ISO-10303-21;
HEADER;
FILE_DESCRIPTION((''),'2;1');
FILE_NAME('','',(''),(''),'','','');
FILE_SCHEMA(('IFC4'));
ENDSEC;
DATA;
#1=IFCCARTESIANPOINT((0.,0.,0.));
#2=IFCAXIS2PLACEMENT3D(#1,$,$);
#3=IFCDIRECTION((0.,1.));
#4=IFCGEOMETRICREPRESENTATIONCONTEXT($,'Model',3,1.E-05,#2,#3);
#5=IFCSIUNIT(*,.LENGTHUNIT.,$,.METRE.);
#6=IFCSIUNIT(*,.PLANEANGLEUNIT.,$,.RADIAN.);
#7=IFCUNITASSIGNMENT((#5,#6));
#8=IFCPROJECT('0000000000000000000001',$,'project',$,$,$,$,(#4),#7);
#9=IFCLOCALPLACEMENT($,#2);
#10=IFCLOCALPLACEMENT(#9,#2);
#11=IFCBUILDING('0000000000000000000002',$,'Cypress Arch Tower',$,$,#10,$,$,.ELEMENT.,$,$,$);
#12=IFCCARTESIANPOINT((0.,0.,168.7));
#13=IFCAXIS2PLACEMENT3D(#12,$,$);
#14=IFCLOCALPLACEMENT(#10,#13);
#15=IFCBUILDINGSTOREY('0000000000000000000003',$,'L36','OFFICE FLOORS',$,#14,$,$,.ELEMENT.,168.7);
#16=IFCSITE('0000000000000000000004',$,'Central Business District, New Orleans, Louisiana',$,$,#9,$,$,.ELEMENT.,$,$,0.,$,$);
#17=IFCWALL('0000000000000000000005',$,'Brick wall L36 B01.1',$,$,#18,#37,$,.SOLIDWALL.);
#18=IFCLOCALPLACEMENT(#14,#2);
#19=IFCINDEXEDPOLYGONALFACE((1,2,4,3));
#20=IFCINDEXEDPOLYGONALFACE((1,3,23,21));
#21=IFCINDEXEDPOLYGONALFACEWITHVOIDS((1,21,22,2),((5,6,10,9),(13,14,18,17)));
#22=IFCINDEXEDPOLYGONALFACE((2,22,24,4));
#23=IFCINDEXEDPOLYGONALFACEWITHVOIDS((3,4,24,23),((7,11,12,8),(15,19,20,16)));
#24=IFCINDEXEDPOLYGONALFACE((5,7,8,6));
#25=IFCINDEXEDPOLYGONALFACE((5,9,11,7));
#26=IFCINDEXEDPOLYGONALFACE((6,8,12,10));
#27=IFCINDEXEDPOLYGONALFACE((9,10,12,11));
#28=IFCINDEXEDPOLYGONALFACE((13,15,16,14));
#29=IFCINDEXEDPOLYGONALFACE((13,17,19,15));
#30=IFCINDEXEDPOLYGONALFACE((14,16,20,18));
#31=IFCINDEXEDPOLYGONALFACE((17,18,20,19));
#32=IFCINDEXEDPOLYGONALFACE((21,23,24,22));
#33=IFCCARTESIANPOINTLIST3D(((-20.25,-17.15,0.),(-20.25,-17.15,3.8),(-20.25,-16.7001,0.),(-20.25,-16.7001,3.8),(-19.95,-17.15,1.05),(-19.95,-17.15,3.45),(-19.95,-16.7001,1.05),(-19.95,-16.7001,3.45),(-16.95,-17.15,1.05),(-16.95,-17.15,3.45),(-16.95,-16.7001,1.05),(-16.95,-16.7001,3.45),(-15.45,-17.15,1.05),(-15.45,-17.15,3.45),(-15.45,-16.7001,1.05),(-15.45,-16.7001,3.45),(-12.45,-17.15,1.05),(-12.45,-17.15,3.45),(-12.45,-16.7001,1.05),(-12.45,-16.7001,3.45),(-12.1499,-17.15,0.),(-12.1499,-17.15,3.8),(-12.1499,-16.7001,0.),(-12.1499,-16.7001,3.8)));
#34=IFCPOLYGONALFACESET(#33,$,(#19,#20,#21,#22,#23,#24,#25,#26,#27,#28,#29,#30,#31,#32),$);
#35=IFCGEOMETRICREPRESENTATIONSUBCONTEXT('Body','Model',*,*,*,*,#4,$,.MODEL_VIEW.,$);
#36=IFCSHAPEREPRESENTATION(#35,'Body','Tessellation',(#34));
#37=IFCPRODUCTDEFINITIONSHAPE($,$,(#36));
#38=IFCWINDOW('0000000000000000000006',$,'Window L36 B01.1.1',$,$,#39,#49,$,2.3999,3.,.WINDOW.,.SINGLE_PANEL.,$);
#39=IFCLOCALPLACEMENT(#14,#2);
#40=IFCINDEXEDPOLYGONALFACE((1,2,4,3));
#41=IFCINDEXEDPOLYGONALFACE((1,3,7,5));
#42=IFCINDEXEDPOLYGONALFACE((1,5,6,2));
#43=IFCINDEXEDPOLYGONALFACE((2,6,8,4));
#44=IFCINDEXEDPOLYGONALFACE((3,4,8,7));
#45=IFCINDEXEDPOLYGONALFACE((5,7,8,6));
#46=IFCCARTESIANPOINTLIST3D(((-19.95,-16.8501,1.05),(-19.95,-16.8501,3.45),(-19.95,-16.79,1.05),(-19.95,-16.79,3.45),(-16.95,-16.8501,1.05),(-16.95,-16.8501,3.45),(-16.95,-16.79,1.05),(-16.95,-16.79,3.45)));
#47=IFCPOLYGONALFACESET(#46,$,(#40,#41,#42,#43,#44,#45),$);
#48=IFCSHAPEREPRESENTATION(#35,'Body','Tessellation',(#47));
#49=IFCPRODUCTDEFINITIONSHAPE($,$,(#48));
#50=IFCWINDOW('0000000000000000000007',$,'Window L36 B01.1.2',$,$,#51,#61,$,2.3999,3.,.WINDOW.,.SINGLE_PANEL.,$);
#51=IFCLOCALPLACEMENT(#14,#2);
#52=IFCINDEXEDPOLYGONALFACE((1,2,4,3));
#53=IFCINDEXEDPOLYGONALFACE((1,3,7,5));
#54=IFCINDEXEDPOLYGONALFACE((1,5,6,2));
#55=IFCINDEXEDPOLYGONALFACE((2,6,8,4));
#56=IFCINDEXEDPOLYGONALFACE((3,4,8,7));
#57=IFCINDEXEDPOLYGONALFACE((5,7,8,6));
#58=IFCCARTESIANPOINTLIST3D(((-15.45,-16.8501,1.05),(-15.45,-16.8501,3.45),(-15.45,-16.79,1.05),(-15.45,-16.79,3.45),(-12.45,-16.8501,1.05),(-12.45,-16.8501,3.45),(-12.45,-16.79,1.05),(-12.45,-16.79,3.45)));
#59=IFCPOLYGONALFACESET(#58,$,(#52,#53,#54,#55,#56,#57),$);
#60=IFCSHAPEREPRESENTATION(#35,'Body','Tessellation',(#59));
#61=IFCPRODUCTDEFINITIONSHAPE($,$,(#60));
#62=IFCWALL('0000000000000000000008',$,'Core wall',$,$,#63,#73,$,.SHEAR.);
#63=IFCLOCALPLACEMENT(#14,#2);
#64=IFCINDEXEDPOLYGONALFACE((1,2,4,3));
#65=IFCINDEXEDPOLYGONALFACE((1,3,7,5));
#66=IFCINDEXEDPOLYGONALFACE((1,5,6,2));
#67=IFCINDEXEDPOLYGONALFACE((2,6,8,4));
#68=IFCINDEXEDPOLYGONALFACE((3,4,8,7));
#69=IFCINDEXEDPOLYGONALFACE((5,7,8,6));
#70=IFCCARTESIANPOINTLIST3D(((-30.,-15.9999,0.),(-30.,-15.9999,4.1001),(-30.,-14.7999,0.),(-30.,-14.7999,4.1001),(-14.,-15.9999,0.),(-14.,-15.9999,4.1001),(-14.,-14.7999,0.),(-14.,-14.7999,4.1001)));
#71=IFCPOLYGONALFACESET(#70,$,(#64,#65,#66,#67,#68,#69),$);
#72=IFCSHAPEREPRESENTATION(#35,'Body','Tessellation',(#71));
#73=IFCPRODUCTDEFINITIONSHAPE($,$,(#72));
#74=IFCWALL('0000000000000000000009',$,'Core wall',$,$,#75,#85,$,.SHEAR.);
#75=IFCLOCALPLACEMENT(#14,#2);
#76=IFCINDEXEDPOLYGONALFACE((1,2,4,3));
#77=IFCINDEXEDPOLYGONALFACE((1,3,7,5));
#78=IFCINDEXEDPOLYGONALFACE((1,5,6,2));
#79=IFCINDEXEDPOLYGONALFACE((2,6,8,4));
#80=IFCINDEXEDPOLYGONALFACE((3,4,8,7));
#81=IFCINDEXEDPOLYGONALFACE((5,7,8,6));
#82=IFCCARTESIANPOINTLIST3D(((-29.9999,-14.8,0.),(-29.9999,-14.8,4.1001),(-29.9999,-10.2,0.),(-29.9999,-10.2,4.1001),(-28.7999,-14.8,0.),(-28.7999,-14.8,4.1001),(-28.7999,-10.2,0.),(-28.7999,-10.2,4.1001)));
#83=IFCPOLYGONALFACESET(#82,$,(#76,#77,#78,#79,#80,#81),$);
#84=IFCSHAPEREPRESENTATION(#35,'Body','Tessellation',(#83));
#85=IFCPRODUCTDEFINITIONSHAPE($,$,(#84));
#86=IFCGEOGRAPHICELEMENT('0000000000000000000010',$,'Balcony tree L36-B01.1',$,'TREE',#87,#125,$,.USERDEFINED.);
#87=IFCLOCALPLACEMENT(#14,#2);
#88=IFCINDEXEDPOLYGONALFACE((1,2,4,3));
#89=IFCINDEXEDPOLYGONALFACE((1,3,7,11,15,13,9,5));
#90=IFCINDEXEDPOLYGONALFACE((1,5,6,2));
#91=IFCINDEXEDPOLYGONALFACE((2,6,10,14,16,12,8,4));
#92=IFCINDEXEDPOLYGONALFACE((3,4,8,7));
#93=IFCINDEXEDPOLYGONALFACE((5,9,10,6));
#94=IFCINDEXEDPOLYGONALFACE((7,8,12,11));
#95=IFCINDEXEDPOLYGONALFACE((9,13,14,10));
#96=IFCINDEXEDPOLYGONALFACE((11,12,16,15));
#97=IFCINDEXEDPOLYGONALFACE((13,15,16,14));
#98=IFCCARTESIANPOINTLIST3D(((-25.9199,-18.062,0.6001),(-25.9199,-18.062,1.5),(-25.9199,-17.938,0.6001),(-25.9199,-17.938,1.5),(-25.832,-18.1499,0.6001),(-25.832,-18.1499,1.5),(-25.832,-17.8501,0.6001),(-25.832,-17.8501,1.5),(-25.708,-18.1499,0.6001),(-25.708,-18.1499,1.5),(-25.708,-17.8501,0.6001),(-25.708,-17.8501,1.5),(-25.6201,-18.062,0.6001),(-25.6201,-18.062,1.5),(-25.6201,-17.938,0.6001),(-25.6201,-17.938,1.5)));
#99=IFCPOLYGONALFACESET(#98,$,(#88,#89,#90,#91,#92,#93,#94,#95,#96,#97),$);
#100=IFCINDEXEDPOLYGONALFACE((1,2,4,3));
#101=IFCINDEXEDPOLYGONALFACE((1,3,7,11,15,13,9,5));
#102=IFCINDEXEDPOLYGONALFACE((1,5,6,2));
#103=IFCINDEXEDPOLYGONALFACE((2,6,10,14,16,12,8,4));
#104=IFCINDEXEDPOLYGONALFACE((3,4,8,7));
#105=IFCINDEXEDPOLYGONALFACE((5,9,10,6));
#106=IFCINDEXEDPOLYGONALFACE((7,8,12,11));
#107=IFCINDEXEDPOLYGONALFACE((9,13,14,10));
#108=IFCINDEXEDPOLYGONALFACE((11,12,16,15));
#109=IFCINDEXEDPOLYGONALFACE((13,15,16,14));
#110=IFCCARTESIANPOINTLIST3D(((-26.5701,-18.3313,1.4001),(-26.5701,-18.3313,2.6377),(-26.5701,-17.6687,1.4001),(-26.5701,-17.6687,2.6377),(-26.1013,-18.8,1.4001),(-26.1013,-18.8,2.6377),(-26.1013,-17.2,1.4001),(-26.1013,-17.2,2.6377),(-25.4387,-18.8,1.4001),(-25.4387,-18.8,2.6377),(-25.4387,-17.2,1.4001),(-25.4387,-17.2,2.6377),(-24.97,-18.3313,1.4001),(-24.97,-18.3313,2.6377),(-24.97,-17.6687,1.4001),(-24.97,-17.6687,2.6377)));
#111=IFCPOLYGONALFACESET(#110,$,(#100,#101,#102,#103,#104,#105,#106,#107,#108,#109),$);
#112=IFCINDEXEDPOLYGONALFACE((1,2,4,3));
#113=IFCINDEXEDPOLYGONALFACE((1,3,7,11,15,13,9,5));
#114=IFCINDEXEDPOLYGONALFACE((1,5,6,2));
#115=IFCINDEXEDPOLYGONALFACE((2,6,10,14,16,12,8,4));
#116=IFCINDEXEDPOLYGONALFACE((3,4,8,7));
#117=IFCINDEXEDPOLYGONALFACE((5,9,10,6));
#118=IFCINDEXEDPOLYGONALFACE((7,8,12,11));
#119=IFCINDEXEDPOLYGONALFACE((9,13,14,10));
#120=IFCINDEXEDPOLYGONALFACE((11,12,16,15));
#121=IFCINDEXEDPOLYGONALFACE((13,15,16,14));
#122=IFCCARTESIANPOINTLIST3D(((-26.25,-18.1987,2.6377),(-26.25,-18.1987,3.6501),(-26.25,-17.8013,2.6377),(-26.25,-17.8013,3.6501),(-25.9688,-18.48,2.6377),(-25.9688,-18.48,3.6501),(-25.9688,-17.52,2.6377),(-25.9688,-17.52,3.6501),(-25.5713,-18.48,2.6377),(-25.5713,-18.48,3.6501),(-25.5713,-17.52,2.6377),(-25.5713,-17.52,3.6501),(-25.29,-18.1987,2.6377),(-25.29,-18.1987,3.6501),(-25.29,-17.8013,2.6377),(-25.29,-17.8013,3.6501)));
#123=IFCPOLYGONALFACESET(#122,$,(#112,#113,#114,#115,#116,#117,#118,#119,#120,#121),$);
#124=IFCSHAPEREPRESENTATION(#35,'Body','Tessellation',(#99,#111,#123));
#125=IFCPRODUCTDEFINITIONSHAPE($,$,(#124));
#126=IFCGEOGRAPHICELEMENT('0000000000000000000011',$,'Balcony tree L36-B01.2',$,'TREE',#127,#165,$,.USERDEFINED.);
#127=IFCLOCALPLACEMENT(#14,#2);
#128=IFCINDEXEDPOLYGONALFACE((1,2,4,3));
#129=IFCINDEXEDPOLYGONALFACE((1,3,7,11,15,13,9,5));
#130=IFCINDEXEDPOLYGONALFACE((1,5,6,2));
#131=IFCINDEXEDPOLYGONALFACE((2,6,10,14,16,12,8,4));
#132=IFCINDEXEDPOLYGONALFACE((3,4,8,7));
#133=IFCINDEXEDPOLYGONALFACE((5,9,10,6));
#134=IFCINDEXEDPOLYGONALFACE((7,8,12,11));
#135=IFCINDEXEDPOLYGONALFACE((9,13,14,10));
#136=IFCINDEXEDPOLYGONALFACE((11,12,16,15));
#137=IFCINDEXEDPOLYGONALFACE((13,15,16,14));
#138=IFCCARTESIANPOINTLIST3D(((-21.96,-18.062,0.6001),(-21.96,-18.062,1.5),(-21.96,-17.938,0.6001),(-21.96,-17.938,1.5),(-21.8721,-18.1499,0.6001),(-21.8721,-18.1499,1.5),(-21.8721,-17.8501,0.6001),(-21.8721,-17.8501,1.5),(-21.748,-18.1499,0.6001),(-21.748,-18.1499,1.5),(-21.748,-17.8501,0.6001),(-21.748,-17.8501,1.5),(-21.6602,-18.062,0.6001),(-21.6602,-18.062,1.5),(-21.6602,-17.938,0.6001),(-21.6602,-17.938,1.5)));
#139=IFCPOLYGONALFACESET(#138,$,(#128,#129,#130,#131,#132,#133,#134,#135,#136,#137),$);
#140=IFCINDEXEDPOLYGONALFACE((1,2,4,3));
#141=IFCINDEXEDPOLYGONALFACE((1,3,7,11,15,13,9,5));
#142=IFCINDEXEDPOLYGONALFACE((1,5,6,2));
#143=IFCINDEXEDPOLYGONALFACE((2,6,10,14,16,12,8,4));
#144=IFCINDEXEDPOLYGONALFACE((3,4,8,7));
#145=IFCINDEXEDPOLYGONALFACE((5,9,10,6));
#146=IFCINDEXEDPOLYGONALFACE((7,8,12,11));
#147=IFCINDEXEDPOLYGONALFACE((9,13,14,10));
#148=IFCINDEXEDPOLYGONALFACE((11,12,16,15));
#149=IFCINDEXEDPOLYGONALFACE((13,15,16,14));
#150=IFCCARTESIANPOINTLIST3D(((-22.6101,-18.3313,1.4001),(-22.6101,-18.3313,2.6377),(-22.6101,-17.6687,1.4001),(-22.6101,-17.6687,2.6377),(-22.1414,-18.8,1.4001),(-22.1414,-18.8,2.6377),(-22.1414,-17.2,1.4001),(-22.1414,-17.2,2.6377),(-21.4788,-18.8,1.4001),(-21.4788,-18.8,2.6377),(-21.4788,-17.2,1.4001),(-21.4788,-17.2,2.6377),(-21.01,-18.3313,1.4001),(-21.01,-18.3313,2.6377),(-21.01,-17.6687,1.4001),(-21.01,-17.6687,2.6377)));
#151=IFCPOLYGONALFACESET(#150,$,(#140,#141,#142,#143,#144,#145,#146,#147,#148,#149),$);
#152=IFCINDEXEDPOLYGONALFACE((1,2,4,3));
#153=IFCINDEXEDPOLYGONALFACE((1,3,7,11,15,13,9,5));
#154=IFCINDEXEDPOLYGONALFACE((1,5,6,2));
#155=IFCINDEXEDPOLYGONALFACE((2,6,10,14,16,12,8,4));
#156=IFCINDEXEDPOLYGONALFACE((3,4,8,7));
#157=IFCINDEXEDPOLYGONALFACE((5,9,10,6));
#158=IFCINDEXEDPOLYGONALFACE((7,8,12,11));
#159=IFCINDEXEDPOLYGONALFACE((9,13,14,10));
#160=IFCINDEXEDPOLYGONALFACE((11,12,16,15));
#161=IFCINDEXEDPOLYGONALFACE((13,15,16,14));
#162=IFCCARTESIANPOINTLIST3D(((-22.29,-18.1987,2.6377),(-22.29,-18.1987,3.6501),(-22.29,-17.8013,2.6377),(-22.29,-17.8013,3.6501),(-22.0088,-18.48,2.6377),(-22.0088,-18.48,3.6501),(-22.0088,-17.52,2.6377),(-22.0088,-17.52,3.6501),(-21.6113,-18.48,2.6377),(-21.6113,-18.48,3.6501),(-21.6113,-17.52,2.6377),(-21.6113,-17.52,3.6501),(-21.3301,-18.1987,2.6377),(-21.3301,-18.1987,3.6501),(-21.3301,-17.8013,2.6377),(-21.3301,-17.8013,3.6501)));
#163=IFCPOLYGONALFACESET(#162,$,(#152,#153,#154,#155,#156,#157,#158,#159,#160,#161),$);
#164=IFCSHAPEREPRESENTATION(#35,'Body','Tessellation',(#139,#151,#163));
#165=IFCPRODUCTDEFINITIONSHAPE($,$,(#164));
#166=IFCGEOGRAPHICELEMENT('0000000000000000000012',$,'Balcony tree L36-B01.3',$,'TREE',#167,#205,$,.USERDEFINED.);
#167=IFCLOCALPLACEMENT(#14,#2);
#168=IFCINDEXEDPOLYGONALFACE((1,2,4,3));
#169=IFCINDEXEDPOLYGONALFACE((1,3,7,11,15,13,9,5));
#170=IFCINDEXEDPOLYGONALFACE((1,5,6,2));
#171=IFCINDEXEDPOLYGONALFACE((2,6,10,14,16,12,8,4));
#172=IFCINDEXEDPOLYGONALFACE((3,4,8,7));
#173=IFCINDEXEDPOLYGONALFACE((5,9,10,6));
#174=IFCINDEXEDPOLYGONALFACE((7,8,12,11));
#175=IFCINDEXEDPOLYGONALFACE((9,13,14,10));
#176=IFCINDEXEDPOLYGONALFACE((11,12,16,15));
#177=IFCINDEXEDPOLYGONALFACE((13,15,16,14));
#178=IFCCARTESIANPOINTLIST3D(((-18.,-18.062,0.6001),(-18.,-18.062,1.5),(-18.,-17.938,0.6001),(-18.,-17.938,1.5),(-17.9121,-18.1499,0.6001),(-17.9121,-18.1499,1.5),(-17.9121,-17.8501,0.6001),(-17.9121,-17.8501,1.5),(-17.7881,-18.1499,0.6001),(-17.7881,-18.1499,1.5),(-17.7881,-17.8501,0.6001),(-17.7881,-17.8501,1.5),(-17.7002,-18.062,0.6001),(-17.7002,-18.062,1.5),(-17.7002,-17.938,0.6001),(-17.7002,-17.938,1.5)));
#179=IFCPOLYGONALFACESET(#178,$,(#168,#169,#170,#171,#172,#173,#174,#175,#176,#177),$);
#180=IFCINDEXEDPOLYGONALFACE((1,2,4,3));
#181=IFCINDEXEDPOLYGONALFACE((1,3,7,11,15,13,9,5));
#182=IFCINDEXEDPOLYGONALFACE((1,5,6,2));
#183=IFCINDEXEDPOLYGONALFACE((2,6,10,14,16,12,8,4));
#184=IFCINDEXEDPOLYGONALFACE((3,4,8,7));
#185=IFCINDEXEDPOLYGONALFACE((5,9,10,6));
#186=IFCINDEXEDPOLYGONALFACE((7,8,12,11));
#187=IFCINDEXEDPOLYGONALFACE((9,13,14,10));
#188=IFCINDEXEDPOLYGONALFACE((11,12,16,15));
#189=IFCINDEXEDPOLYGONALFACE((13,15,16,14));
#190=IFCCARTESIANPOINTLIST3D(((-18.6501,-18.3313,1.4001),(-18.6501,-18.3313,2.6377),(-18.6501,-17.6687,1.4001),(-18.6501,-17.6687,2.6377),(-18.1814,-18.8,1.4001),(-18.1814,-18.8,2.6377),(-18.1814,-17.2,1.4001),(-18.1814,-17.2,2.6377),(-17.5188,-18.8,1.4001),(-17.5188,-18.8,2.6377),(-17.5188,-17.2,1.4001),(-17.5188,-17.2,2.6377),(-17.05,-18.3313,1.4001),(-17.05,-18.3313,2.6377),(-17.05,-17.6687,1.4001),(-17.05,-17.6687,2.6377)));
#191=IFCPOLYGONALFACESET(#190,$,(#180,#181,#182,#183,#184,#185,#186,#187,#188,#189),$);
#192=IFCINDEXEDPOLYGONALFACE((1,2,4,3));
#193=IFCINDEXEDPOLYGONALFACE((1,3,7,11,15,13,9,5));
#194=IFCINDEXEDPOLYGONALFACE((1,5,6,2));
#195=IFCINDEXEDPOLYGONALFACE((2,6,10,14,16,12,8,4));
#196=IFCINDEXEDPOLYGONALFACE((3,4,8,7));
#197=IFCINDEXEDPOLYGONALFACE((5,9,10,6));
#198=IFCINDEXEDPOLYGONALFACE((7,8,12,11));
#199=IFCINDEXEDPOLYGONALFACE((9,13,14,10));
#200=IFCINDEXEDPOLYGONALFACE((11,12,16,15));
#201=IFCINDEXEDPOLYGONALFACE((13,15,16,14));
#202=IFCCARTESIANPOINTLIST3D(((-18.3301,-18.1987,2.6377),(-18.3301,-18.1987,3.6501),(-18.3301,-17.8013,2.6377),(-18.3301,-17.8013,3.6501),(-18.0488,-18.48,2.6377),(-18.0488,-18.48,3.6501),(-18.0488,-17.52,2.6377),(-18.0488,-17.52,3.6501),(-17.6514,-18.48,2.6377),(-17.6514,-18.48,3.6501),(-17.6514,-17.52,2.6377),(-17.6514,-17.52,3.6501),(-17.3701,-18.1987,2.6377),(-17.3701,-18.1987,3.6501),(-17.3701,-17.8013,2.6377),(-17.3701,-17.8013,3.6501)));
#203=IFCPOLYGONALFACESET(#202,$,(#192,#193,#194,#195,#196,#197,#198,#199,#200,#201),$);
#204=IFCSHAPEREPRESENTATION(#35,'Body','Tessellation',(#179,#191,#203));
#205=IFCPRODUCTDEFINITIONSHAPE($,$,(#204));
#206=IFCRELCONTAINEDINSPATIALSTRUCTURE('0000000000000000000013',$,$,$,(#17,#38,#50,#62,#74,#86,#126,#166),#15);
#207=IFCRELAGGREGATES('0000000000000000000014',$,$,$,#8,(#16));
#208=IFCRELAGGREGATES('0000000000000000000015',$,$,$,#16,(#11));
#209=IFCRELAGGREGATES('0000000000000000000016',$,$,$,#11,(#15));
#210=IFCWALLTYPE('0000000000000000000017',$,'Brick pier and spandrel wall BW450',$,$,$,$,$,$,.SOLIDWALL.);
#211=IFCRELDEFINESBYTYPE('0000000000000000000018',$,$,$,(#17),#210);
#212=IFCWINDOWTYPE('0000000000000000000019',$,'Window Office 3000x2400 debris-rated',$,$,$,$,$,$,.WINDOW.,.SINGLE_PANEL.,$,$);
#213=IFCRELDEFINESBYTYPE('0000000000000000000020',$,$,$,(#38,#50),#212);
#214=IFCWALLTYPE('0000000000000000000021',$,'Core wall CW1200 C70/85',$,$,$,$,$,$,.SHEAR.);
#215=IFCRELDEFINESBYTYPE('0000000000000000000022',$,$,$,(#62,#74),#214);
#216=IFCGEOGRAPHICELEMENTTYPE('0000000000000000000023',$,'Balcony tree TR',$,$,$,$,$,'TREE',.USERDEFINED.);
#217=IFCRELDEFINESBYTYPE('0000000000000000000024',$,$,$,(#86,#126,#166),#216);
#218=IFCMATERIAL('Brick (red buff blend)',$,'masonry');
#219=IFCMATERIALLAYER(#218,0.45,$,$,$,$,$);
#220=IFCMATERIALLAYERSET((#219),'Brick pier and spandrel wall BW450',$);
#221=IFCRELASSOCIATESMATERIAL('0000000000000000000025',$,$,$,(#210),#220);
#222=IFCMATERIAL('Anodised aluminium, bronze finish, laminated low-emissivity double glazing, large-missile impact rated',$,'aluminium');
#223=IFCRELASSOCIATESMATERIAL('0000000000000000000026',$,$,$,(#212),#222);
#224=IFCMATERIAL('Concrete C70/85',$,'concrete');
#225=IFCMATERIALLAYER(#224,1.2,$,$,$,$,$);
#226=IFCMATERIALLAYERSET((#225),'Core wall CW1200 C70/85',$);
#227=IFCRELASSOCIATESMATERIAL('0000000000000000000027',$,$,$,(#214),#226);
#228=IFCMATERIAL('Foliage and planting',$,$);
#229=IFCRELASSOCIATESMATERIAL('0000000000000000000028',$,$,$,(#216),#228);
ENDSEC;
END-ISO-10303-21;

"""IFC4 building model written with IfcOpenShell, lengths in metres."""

from ifc_helpers import new_model, si_unit, direction, frame, frame_2d, origin, place, context, subcontext, project, spatial, polyline, rectangle, outline, extrude, material, layer, layer_set, type_object, element, fill, save


model = new_model("IFC4")

# Units and contexts
model_context = context("Model", 3, precision=1e-05, world=origin(), true_north=direction((0.0, 1.0)))
body_context = subcontext(model_context, "Body", "Model", "MODEL_VIEW")
ifc_project = project(units=[si_unit("LENGTHUNIT", "METRE"), si_unit("PLANEANGLEUNIT", "RADIAN")], contexts=[model_context])

# Site, building, storey
site_placement = place(None, origin())
site = spatial("IfcSite", under=ifc_project, at=site_placement, Name="Central Business District, New Orleans, Louisiana", CompositionType="ELEMENT", RefElevation=0.0)
building_placement = place(site_placement, origin())
building = spatial("IfcBuilding", under=site, at=building_placement, Name="Cypress Arch Tower", CompositionType="ELEMENT")
storey_placement = place(building_placement, frame((0.0, 0.0, 168.7)))
storey = spatial("IfcBuildingStorey", under=building, at=storey_placement, Name="L36", Description="OFFICE FLOORS", CompositionType="ELEMENT", Elevation=168.7)

# Shared definitions
ifc_material_1 = material(Name="Brick (red buff blend)", Category="masonry")
ifc_layer_1 = layer(ifc_material_1, 0.45)
ifc_layer_set_1 = layer_set([ifc_layer_1], Name="Brick pier and spandrel wall BW450")
wall_type_1 = type_object("IfcWallType", Name="Brick pier and spandrel wall BW450", PredefinedType="SOLIDWALL", material=ifc_layer_set_1)
ifc_material_2 = material(Name="Anodised aluminium, bronze finish, laminated low-emissivity double glazing, large-missile impact rated", Category="aluminium")
window_type = type_object("IfcWindowType", Name="Window Office 3000x2400 debris-rated", PartitioningType="SINGLE_PANEL", PredefinedType="WINDOW", material=ifc_material_2)

# Wall, openings, windows
wall_1_placement = place(storey_placement, frame((-20.25, -16.925, 0.0), z_axis=(0.0, 0.0, 1.0), x_axis=(1.0, 0.0, 0.0)))
wall_1 = element("IfcWall", 1, at=wall_1_placement, inside=storey, type_object=wall_type_1, Name="Brick wall L36 B01.1", PredefinedType="SOLIDWALL", context=body_context, shape_type="SweptSolid", body=[
    extrude(rectangle(XDim=8.1001, YDim=0.45, at=frame_2d((4.05, 0.0))), origin(), (0.0, 0.0, 1.0), 3.8),
])
opening_1_placement = place(wall_1_placement, frame((0.3, 0.0, 1.05)))
opening_1 = element("IfcOpeningElement", 2, at=opening_1_placement, cuts=wall_1, PredefinedType="OPENING", context=body_context, shape_type="SweptSolid", body=[
    extrude(rectangle(XDim=3.0, YDim=2.3999, at=frame_2d((1.5, 1.2))), frame((0.0, 0.2349, 0.0), z_axis=(0.0, -1.0, 0.0), x_axis=(1.0, 0.0, 0.0)), (0.0, 0.0, 1.0), 0.47),
])
opening_2_placement = place(wall_1_placement, frame((4.8, 0.0, 1.05)))
opening_2 = element("IfcOpeningElement", 3, at=opening_2_placement, cuts=wall_1, PredefinedType="OPENING", context=body_context, shape_type="SweptSolid", body=[
    extrude(rectangle(XDim=3.0, YDim=2.3999, at=frame_2d((1.5, 1.2))), frame((0.0, 0.2349, 0.0), z_axis=(0.0, -1.0, 0.0), x_axis=(1.0, 0.0, 0.0)), (0.0, 0.0, 1.0), 0.47),
])
window_1_placement = place(opening_1_placement, origin())
window_1 = element("IfcWindow", 4, at=window_1_placement, inside=storey, type_object=window_type, Name="Window L36 B01.1.1", OverallHeight=2.3999, OverallWidth=3.0, PartitioningType="SINGLE_PANEL", PredefinedType="WINDOW", context=body_context, shape_type="SweptSolid", body=[
    extrude(rectangle(XDim=3.0, YDim=2.3999, at=frame_2d((1.5, 1.2))), frame((0.0, 0.135, 0.0), z_axis=(0.0, -1.0, 0.0), x_axis=(1.0, 0.0, 0.0)), (0.0, 0.0, 1.0), 0.0601),
])
fill(opening_1, window_1)
window_2_placement = place(opening_2_placement, origin())
window_2 = element("IfcWindow", 5, at=window_2_placement, inside=storey, type_object=window_type, Name="Window L36 B01.1.2", OverallHeight=2.3999, OverallWidth=3.0, PartitioningType="SINGLE_PANEL", PredefinedType="WINDOW", context=body_context, shape_type="SweptSolid", body=[
    extrude(rectangle(XDim=3.0, YDim=2.3999, at=frame_2d((1.5, 1.2))), frame((0.0, 0.135, 0.0), z_axis=(0.0, -1.0, 0.0), x_axis=(1.0, 0.0, 0.0)), (0.0, 0.0, 1.0), 0.0601),
])
fill(opening_2, window_2)

# Walls
ifc_material_3 = material(Name="Concrete C70/85", Category="concrete")
ifc_layer_2 = layer(ifc_material_3, 1.2)
ifc_layer_set_2 = layer_set([ifc_layer_2], Name="Core wall CW1200 C70/85")
wall_type_2 = type_object("IfcWallType", Name="Core wall CW1200 C70/85", PredefinedType="SHEAR", material=ifc_layer_set_2)
wall_2_placement = place(storey_placement, frame((-30.0, -15.3999, 0.0), z_axis=(0.0, 0.0, 1.0), x_axis=(1.0, 0.0, 0.0)))
element("IfcWall", 6, at=wall_2_placement, inside=storey, type_object=wall_type_2, Name="Core wall", PredefinedType="SHEAR", context=body_context, shape_type="SweptSolid", body=[
    extrude(rectangle(XDim=16.0, YDim=1.2, at=frame_2d((8.0, 0.0))), origin(), (0.0, 0.0, 1.0), 4.1001),
])
wall_3_placement = place(storey_placement, frame((-29.3999, -14.8, 0.0), z_axis=(0.0, 0.0, 1.0), x_axis=(0.0, 1.0, 0.0)))
element("IfcWall", 7, at=wall_3_placement, inside=storey, type_object=wall_type_2, Name="Core wall", PredefinedType="SHEAR", context=body_context, shape_type="SweptSolid", body=[
    extrude(rectangle(XDim=4.6001, YDim=1.2, at=frame_2d((2.3, 0.0))), origin(), (0.0, 0.0, 1.0), 4.1001),
])

# Geographic elements
ifc_material_4 = material(Name="Foliage and planting")
geographic_element_type = type_object("IfcGeographicElementType", Name="Balcony tree TR", ElementType="TREE", PredefinedType="USERDEFINED", material=ifc_material_4)
for number, where, z_axis, x_axis, name in (
    (8, (-25.77, -18.0, 0.6001), (0.0, 0.0, 1.0), (1.0, 0.0, 0.0), "Balcony tree L36-B01.1"),
    (9, (-21.8101, -18.0, 0.6001), (0.0, 0.0, 1.0), (1.0, 0.0, 0.0), "Balcony tree L36-B01.2"),
    (10, (-17.8501, -18.0, 0.6001), (0.0, 0.0, 1.0), (1.0, 0.0, 0.0), "Balcony tree L36-B01.3"),
):
    element("IfcGeographicElement", number, at=place(storey_placement, frame(where, z_axis=z_axis, x_axis=x_axis)), inside=storey, type_object=geographic_element_type, Name=name, ObjectType="TREE", PredefinedType="USERDEFINED", context=body_context, shape_type="SweptSolid", body=[
        extrude(outline(polyline([(0.1499, 0.062), (0.062, 0.1499), (-0.062, 0.1499), (-0.1499, 0.062), (-0.1499, -0.062), (-0.062, -0.1499), (0.062, -0.1499), (0.1499, -0.062), (0.1499, 0.062)])), origin(), (0.0, 0.0, 1.0), 0.8999),
        extrude(outline(polyline([(0.8, 0.3313), (0.3313, 0.8), (-0.3313, 0.8), (-0.8, 0.3313), (-0.8, -0.3313), (-0.3313, -0.8), (0.3313, -0.8), (0.8, -0.3313), (0.8, 0.3313)])), frame((0.0, 0.0, 0.8)), (0.0, 0.0, 1.0), 1.2375),
        extrude(outline(polyline([(0.48, 0.1987), (0.1987, 0.48), (-0.1987, 0.48), (-0.48, 0.1987), (-0.48, -0.1987), (-0.1987, -0.48), (0.1987, -0.48), (0.48, -0.1987), (0.48, 0.1987)])), frame((0.0, 0.0, 2.0376)), (0.0, 0.0, 1.0), 1.0125),
    ])

save(model, "model.ifc")
